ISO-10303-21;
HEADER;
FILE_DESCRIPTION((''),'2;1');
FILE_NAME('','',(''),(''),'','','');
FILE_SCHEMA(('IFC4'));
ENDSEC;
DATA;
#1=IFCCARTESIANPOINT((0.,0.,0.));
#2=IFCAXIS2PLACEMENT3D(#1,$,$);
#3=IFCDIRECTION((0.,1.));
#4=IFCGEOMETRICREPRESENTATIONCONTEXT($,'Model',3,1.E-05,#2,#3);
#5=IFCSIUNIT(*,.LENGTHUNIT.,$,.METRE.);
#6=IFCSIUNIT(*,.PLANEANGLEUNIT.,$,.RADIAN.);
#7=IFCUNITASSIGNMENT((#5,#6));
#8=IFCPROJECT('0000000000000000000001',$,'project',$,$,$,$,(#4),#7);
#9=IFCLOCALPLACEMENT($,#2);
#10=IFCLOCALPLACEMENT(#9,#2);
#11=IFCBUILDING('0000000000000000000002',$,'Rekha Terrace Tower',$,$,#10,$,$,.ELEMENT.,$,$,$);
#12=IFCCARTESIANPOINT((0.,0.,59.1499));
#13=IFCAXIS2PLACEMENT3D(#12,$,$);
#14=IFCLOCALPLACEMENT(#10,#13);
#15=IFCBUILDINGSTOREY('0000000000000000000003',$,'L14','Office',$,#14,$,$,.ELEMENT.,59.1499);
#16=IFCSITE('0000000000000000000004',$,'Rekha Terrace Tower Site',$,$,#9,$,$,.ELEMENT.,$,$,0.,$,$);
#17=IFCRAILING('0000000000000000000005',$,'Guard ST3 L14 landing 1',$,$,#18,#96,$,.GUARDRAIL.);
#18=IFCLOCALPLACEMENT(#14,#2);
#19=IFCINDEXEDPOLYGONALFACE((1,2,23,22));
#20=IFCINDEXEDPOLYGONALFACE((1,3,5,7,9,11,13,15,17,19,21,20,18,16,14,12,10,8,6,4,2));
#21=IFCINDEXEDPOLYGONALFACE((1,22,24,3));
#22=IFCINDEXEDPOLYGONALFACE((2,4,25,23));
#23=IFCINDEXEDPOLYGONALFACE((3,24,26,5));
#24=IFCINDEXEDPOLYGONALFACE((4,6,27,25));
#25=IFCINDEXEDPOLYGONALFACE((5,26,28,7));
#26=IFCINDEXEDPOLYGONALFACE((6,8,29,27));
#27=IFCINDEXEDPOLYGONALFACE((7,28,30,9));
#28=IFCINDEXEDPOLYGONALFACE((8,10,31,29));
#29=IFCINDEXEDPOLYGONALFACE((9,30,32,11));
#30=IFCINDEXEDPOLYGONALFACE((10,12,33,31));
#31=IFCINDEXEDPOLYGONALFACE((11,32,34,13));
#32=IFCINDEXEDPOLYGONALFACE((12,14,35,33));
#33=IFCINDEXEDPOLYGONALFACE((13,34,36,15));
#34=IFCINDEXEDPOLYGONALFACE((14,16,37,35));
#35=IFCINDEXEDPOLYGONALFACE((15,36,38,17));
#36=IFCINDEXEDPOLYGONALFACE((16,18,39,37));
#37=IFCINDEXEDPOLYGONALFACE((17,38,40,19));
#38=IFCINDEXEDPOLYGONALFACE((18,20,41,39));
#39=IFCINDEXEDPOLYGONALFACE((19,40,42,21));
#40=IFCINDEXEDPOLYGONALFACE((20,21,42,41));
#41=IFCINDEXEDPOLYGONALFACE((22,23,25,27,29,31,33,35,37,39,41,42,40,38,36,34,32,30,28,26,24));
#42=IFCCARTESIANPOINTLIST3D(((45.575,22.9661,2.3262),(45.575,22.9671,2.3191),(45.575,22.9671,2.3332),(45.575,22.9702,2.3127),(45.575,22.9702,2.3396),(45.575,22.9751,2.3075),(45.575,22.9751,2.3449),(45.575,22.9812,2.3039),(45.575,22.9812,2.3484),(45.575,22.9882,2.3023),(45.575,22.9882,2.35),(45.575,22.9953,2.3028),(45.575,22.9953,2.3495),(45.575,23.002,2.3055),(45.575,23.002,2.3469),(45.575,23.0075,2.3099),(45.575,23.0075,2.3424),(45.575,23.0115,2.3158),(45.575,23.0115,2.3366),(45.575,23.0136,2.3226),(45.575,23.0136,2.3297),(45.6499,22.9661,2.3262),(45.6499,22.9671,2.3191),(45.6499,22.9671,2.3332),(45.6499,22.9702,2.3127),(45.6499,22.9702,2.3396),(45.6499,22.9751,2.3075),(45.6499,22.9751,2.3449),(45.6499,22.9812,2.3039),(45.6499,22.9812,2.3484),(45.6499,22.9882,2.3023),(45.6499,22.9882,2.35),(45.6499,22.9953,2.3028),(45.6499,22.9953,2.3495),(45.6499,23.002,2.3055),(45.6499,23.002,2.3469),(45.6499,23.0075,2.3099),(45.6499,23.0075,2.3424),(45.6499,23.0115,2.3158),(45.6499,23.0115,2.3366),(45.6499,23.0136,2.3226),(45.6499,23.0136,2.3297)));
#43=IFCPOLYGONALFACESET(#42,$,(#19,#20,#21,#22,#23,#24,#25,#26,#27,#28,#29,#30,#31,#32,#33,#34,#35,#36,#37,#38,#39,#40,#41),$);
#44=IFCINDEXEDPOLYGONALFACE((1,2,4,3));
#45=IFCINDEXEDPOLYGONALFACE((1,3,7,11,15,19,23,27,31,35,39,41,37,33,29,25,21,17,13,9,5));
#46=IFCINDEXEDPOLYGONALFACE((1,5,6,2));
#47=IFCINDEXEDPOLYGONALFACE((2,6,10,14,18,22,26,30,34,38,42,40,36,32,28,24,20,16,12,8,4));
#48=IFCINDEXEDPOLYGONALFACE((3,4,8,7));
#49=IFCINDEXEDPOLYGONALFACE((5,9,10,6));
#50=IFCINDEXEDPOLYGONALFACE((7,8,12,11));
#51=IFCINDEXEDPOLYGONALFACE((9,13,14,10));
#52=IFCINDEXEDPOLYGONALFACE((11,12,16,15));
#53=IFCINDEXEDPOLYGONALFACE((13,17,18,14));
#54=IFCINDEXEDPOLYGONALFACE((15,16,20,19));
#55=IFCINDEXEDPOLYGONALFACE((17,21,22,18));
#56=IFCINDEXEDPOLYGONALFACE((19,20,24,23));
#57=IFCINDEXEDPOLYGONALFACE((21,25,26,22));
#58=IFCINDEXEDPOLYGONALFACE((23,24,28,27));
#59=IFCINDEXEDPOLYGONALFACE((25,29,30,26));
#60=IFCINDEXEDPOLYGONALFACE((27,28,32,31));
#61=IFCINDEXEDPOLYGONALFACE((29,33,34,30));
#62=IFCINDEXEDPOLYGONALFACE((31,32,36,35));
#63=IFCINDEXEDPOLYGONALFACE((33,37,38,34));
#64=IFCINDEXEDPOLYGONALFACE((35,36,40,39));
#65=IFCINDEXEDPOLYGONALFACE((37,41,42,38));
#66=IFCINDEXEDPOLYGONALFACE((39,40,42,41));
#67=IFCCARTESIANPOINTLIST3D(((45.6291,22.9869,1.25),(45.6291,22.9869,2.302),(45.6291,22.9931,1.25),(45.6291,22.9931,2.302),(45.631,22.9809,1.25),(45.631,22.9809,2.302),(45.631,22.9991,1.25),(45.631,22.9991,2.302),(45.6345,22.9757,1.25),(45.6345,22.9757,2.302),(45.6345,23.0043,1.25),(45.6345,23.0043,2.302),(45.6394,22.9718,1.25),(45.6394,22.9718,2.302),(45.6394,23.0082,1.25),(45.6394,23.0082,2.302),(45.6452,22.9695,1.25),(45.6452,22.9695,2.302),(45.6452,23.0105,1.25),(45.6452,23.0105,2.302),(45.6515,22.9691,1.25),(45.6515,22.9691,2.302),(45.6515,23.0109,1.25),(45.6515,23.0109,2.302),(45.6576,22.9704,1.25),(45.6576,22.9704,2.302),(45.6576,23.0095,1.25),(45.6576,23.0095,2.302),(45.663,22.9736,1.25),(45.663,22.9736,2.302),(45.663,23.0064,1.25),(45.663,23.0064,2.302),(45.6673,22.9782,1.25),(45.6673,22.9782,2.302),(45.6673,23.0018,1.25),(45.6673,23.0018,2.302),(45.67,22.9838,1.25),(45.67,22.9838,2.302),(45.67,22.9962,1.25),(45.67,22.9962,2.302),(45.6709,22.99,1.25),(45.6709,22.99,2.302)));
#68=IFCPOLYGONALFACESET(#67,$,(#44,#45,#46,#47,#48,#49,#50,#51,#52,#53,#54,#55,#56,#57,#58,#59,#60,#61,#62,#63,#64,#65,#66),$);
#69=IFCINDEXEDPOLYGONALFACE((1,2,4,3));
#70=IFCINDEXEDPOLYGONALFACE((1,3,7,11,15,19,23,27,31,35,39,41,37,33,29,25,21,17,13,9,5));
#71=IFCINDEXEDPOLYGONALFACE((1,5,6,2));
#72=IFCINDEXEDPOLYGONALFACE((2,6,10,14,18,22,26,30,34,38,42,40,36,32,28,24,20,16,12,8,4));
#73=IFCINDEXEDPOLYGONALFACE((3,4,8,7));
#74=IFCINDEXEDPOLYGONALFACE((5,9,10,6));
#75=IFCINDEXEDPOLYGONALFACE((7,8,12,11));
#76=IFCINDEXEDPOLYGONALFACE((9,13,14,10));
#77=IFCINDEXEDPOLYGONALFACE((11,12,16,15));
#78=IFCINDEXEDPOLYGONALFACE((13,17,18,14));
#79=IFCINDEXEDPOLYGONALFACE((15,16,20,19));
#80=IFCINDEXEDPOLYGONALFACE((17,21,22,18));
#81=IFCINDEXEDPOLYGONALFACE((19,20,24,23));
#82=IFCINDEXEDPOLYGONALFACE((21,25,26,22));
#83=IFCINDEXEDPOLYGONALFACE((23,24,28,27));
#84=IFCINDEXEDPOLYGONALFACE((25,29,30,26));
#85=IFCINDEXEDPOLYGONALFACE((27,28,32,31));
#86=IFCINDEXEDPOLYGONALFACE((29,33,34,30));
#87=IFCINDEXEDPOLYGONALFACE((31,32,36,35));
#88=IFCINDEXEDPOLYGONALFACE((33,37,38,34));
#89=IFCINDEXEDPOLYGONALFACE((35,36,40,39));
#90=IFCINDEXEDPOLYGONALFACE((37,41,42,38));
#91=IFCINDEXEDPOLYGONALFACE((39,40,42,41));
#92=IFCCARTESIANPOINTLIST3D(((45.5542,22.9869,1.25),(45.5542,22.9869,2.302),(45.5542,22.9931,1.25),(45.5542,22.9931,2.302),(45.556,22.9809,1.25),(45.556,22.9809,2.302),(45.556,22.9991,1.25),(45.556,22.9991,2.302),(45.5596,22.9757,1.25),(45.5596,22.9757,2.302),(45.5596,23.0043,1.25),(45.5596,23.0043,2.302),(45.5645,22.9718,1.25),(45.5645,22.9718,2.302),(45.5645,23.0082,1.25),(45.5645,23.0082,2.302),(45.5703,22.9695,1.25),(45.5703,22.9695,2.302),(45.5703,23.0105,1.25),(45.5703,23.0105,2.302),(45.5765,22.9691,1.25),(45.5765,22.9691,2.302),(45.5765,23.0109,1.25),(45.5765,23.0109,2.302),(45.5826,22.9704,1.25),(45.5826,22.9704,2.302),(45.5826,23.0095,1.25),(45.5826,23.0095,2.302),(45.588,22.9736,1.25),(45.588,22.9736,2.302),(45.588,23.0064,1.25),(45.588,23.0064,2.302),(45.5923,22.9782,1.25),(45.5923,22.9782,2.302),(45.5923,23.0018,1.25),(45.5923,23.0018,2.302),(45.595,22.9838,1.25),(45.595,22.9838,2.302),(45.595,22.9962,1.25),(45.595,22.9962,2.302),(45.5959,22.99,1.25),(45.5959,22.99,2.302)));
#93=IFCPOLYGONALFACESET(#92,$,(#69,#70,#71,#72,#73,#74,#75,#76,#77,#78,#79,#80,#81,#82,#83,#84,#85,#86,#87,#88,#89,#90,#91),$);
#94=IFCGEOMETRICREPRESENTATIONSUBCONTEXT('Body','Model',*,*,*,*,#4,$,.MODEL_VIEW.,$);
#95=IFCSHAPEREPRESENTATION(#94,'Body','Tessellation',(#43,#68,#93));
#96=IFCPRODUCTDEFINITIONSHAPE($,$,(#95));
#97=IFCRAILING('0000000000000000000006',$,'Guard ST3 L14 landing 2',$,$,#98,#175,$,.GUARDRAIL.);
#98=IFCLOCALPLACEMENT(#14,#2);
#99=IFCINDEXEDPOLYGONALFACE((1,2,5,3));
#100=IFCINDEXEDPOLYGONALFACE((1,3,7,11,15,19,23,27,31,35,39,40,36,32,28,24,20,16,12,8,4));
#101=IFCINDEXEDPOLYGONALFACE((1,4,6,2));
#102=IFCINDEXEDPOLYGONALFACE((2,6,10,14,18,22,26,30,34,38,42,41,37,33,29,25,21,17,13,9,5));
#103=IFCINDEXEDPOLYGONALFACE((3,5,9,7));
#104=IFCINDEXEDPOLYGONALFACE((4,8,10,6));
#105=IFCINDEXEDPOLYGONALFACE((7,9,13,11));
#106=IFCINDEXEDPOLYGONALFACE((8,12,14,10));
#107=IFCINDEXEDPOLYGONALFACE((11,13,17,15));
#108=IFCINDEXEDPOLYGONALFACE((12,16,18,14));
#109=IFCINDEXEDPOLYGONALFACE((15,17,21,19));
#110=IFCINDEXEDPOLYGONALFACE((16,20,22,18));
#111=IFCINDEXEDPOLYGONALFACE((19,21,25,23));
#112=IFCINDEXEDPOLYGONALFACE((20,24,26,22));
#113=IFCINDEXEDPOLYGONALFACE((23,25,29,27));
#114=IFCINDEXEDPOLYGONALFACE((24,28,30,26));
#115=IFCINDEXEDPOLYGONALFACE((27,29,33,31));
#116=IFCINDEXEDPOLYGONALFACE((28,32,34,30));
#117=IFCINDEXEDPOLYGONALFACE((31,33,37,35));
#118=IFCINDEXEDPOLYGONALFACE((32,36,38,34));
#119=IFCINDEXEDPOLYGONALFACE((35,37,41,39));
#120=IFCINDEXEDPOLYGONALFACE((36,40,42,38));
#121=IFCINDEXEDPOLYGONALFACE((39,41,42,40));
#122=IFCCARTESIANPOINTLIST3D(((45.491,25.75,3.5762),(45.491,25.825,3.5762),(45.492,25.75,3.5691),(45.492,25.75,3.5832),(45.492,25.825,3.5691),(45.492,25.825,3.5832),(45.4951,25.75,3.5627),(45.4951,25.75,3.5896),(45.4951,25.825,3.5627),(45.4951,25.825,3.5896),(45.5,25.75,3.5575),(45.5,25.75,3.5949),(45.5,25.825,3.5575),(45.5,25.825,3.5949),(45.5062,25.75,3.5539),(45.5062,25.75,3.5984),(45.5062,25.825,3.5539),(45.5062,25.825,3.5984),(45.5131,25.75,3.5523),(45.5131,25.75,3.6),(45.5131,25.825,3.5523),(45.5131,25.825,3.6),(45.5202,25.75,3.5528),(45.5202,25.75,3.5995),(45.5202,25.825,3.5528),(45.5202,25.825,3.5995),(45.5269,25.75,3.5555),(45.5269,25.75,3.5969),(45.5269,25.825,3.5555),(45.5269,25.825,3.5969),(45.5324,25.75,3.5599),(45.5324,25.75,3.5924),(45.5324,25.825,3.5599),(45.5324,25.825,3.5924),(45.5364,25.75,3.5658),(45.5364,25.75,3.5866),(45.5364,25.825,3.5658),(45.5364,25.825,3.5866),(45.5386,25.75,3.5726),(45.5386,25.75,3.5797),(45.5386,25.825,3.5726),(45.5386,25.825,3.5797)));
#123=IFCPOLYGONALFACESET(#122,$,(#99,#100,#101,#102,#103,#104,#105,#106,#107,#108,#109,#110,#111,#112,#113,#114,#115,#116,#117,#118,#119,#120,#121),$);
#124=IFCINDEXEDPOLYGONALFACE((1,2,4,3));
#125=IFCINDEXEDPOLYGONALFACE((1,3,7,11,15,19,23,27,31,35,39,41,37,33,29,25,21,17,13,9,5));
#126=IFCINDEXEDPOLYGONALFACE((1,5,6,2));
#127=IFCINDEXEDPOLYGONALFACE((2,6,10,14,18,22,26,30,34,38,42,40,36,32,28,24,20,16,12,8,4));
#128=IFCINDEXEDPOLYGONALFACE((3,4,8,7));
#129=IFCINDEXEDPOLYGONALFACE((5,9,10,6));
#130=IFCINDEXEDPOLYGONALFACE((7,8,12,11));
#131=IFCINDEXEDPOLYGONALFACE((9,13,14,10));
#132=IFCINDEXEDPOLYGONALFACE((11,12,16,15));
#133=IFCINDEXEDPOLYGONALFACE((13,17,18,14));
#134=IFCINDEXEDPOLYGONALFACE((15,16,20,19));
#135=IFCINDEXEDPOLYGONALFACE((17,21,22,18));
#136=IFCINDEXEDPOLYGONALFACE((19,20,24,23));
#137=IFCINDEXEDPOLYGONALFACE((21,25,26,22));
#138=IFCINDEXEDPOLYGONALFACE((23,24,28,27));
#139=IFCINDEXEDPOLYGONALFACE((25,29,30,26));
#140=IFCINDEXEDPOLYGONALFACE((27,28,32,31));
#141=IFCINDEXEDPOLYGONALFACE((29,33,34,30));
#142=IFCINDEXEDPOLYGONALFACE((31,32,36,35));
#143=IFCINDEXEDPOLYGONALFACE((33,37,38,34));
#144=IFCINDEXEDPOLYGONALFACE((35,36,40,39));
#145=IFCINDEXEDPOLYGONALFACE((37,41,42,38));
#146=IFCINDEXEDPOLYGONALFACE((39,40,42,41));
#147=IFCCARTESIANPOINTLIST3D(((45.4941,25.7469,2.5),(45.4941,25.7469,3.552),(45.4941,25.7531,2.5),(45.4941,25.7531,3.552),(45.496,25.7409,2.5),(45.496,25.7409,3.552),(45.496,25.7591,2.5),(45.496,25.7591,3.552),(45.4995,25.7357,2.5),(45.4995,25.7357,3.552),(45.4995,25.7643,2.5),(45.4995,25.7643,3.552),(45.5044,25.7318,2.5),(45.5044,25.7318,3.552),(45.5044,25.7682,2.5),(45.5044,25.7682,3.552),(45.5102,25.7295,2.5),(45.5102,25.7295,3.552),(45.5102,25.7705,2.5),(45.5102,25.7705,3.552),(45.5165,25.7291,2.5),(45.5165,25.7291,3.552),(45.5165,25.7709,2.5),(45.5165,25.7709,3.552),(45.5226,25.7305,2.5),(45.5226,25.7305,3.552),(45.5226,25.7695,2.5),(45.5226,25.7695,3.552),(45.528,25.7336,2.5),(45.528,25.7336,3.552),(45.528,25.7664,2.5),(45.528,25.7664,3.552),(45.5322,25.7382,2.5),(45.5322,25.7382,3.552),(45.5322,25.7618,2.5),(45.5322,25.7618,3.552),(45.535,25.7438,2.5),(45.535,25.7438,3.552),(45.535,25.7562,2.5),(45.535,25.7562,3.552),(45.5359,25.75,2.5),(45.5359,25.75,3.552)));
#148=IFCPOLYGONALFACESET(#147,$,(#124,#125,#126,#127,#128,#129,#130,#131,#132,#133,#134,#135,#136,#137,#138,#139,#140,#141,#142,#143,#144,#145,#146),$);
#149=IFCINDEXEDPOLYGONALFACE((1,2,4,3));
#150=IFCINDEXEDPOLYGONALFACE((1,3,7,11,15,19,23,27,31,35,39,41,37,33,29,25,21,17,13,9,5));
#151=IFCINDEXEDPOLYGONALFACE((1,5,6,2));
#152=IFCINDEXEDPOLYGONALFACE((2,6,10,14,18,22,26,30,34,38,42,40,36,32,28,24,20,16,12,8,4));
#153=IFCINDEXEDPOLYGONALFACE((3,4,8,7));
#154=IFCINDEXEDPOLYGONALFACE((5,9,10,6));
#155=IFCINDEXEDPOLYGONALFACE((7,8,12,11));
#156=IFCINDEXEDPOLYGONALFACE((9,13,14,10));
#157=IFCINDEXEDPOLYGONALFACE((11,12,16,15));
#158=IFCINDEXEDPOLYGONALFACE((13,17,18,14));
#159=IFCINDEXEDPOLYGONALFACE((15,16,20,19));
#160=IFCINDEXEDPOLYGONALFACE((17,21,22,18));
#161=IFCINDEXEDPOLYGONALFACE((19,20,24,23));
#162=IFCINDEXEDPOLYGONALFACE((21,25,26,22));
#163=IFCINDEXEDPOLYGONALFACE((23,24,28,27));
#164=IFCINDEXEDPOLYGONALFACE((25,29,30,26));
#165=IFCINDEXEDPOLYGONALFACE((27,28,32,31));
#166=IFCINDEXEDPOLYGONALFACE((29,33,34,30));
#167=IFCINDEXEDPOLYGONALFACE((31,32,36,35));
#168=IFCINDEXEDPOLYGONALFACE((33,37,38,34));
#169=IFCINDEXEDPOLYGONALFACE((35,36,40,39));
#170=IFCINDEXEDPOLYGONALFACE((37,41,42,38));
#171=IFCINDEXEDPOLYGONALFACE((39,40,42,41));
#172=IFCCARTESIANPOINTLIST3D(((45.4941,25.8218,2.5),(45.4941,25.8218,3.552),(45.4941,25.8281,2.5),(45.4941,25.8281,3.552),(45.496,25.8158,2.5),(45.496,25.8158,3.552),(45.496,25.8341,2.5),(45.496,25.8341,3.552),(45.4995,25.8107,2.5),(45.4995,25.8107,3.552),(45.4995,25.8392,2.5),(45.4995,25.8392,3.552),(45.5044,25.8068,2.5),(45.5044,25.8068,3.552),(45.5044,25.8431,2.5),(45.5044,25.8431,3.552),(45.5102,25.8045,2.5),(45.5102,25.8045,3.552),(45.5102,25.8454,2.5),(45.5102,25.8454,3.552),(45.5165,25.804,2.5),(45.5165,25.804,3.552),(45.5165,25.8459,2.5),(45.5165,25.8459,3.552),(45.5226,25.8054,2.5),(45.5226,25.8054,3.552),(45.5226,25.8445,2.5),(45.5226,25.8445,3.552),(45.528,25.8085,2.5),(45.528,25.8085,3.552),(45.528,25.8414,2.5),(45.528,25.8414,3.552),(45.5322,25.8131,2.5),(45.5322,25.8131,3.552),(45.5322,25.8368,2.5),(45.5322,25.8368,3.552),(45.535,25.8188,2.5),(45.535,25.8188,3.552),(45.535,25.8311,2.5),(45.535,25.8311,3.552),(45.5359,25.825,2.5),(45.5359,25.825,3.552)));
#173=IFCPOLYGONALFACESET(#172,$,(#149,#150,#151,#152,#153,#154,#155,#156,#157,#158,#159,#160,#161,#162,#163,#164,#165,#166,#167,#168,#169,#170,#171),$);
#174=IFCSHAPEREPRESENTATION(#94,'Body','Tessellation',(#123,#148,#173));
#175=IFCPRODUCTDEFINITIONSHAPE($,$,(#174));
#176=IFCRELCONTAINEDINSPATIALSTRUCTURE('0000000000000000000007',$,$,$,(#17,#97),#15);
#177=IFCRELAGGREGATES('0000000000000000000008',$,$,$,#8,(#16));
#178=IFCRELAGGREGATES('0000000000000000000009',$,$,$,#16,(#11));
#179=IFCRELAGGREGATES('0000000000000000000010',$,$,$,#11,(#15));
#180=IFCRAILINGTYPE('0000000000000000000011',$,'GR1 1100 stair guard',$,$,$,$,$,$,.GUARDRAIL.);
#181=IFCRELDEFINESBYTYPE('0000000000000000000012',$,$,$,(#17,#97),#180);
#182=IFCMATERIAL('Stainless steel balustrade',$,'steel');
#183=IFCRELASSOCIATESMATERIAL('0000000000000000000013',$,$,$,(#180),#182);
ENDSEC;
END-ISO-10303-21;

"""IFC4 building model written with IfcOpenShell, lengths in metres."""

from ifc_helpers import new_model, si_unit, direction, frame, origin, origin_2d, place, context, subcontext, project, spatial, circle, extrude, material, type_object, element, save


model = new_model("IFC4")

# Units and contexts
model_context = context("Model", 3, precision=1e-05, world=origin(), true_north=direction((0.0, 1.0)))
body_context = subcontext(model_context, "Body", "Model", "MODEL_VIEW")
ifc_project = project(units=[si_unit("LENGTHUNIT", "METRE"), si_unit("PLANEANGLEUNIT", "RADIAN")], contexts=[model_context])

# Site, building, storey
site_placement = place(None, origin())
site = spatial("IfcSite", under=ifc_project, at=site_placement, Name="Rekha Terrace Tower Site", CompositionType="ELEMENT", RefElevation=0.0)
building_placement = place(site_placement, origin())
building = spatial("IfcBuilding", under=site, at=building_placement, Name="Rekha Terrace Tower", CompositionType="ELEMENT")
storey_placement = place(building_placement, frame((0.0, 0.0, 59.1499)))
storey = spatial("IfcBuildingStorey", under=building, at=storey_placement, Name="L14", Description="Office", CompositionType="ELEMENT", Elevation=59.1499)

# Railings
ifc_material_1 = material(Name="Stainless steel balustrade", Category="steel")
railing_type_1 = type_object("IfcRailingType", Name="GR1 1100 stair guard", PredefinedType="GUARDRAIL", material=ifc_material_1)
railing_1_placement = place(storey_placement, frame((45.6499, 22.99, 1.25)))
element("IfcRailing", 1, at=railing_1_placement, inside=storey, type_object=railing_type_1, Name="Guard ST3 L14 landing 1", PredefinedType="GUARDRAIL", context=body_context, shape_type="SweptSolid", body=[
    extrude(circle(Radius=0.0239, at=origin_2d()), frame((0.0, 0.0, 1.0762), z_axis=(-1.0, 0.0, 0.0), x_axis=(0.0, -1.0, 0.0)), (0.0, 0.0, 1.0), 0.075),
    extrude(circle(Radius=0.021, at=origin_2d()), origin(), (0.0, 0.0, 1.0), 1.052),
    extrude(circle(Radius=0.021, at=origin_2d()), frame((-0.075, 0.0, 0.0)), (0.0, 0.0, 1.0), 1.052),
])
railing_2_placement = place(storey_placement, frame((45.5149, 25.75, 2.5)))
element("IfcRailing", 2, at=railing_2_placement, inside=storey, type_object=railing_type_1, Name="Guard ST3 L14 landing 2", PredefinedType="GUARDRAIL", context=body_context, shape_type="SweptSolid", body=[
    extrude(circle(Radius=0.0239, at=origin_2d()), frame((0.0, 0.0, 1.0762), z_axis=(0.0, 1.0, 0.0), x_axis=(-1.0, 0.0, 0.0)), (0.0, 0.0, 1.0), 0.075),
    extrude(circle(Radius=0.021, at=origin_2d()), origin(), (0.0, 0.0, 1.0), 1.052),
    extrude(circle(Radius=0.021, at=origin_2d()), frame((0.0, 0.075, 0.0)), (0.0, 0.0, 1.0), 1.052),
])

save(model, "model.ifc")
